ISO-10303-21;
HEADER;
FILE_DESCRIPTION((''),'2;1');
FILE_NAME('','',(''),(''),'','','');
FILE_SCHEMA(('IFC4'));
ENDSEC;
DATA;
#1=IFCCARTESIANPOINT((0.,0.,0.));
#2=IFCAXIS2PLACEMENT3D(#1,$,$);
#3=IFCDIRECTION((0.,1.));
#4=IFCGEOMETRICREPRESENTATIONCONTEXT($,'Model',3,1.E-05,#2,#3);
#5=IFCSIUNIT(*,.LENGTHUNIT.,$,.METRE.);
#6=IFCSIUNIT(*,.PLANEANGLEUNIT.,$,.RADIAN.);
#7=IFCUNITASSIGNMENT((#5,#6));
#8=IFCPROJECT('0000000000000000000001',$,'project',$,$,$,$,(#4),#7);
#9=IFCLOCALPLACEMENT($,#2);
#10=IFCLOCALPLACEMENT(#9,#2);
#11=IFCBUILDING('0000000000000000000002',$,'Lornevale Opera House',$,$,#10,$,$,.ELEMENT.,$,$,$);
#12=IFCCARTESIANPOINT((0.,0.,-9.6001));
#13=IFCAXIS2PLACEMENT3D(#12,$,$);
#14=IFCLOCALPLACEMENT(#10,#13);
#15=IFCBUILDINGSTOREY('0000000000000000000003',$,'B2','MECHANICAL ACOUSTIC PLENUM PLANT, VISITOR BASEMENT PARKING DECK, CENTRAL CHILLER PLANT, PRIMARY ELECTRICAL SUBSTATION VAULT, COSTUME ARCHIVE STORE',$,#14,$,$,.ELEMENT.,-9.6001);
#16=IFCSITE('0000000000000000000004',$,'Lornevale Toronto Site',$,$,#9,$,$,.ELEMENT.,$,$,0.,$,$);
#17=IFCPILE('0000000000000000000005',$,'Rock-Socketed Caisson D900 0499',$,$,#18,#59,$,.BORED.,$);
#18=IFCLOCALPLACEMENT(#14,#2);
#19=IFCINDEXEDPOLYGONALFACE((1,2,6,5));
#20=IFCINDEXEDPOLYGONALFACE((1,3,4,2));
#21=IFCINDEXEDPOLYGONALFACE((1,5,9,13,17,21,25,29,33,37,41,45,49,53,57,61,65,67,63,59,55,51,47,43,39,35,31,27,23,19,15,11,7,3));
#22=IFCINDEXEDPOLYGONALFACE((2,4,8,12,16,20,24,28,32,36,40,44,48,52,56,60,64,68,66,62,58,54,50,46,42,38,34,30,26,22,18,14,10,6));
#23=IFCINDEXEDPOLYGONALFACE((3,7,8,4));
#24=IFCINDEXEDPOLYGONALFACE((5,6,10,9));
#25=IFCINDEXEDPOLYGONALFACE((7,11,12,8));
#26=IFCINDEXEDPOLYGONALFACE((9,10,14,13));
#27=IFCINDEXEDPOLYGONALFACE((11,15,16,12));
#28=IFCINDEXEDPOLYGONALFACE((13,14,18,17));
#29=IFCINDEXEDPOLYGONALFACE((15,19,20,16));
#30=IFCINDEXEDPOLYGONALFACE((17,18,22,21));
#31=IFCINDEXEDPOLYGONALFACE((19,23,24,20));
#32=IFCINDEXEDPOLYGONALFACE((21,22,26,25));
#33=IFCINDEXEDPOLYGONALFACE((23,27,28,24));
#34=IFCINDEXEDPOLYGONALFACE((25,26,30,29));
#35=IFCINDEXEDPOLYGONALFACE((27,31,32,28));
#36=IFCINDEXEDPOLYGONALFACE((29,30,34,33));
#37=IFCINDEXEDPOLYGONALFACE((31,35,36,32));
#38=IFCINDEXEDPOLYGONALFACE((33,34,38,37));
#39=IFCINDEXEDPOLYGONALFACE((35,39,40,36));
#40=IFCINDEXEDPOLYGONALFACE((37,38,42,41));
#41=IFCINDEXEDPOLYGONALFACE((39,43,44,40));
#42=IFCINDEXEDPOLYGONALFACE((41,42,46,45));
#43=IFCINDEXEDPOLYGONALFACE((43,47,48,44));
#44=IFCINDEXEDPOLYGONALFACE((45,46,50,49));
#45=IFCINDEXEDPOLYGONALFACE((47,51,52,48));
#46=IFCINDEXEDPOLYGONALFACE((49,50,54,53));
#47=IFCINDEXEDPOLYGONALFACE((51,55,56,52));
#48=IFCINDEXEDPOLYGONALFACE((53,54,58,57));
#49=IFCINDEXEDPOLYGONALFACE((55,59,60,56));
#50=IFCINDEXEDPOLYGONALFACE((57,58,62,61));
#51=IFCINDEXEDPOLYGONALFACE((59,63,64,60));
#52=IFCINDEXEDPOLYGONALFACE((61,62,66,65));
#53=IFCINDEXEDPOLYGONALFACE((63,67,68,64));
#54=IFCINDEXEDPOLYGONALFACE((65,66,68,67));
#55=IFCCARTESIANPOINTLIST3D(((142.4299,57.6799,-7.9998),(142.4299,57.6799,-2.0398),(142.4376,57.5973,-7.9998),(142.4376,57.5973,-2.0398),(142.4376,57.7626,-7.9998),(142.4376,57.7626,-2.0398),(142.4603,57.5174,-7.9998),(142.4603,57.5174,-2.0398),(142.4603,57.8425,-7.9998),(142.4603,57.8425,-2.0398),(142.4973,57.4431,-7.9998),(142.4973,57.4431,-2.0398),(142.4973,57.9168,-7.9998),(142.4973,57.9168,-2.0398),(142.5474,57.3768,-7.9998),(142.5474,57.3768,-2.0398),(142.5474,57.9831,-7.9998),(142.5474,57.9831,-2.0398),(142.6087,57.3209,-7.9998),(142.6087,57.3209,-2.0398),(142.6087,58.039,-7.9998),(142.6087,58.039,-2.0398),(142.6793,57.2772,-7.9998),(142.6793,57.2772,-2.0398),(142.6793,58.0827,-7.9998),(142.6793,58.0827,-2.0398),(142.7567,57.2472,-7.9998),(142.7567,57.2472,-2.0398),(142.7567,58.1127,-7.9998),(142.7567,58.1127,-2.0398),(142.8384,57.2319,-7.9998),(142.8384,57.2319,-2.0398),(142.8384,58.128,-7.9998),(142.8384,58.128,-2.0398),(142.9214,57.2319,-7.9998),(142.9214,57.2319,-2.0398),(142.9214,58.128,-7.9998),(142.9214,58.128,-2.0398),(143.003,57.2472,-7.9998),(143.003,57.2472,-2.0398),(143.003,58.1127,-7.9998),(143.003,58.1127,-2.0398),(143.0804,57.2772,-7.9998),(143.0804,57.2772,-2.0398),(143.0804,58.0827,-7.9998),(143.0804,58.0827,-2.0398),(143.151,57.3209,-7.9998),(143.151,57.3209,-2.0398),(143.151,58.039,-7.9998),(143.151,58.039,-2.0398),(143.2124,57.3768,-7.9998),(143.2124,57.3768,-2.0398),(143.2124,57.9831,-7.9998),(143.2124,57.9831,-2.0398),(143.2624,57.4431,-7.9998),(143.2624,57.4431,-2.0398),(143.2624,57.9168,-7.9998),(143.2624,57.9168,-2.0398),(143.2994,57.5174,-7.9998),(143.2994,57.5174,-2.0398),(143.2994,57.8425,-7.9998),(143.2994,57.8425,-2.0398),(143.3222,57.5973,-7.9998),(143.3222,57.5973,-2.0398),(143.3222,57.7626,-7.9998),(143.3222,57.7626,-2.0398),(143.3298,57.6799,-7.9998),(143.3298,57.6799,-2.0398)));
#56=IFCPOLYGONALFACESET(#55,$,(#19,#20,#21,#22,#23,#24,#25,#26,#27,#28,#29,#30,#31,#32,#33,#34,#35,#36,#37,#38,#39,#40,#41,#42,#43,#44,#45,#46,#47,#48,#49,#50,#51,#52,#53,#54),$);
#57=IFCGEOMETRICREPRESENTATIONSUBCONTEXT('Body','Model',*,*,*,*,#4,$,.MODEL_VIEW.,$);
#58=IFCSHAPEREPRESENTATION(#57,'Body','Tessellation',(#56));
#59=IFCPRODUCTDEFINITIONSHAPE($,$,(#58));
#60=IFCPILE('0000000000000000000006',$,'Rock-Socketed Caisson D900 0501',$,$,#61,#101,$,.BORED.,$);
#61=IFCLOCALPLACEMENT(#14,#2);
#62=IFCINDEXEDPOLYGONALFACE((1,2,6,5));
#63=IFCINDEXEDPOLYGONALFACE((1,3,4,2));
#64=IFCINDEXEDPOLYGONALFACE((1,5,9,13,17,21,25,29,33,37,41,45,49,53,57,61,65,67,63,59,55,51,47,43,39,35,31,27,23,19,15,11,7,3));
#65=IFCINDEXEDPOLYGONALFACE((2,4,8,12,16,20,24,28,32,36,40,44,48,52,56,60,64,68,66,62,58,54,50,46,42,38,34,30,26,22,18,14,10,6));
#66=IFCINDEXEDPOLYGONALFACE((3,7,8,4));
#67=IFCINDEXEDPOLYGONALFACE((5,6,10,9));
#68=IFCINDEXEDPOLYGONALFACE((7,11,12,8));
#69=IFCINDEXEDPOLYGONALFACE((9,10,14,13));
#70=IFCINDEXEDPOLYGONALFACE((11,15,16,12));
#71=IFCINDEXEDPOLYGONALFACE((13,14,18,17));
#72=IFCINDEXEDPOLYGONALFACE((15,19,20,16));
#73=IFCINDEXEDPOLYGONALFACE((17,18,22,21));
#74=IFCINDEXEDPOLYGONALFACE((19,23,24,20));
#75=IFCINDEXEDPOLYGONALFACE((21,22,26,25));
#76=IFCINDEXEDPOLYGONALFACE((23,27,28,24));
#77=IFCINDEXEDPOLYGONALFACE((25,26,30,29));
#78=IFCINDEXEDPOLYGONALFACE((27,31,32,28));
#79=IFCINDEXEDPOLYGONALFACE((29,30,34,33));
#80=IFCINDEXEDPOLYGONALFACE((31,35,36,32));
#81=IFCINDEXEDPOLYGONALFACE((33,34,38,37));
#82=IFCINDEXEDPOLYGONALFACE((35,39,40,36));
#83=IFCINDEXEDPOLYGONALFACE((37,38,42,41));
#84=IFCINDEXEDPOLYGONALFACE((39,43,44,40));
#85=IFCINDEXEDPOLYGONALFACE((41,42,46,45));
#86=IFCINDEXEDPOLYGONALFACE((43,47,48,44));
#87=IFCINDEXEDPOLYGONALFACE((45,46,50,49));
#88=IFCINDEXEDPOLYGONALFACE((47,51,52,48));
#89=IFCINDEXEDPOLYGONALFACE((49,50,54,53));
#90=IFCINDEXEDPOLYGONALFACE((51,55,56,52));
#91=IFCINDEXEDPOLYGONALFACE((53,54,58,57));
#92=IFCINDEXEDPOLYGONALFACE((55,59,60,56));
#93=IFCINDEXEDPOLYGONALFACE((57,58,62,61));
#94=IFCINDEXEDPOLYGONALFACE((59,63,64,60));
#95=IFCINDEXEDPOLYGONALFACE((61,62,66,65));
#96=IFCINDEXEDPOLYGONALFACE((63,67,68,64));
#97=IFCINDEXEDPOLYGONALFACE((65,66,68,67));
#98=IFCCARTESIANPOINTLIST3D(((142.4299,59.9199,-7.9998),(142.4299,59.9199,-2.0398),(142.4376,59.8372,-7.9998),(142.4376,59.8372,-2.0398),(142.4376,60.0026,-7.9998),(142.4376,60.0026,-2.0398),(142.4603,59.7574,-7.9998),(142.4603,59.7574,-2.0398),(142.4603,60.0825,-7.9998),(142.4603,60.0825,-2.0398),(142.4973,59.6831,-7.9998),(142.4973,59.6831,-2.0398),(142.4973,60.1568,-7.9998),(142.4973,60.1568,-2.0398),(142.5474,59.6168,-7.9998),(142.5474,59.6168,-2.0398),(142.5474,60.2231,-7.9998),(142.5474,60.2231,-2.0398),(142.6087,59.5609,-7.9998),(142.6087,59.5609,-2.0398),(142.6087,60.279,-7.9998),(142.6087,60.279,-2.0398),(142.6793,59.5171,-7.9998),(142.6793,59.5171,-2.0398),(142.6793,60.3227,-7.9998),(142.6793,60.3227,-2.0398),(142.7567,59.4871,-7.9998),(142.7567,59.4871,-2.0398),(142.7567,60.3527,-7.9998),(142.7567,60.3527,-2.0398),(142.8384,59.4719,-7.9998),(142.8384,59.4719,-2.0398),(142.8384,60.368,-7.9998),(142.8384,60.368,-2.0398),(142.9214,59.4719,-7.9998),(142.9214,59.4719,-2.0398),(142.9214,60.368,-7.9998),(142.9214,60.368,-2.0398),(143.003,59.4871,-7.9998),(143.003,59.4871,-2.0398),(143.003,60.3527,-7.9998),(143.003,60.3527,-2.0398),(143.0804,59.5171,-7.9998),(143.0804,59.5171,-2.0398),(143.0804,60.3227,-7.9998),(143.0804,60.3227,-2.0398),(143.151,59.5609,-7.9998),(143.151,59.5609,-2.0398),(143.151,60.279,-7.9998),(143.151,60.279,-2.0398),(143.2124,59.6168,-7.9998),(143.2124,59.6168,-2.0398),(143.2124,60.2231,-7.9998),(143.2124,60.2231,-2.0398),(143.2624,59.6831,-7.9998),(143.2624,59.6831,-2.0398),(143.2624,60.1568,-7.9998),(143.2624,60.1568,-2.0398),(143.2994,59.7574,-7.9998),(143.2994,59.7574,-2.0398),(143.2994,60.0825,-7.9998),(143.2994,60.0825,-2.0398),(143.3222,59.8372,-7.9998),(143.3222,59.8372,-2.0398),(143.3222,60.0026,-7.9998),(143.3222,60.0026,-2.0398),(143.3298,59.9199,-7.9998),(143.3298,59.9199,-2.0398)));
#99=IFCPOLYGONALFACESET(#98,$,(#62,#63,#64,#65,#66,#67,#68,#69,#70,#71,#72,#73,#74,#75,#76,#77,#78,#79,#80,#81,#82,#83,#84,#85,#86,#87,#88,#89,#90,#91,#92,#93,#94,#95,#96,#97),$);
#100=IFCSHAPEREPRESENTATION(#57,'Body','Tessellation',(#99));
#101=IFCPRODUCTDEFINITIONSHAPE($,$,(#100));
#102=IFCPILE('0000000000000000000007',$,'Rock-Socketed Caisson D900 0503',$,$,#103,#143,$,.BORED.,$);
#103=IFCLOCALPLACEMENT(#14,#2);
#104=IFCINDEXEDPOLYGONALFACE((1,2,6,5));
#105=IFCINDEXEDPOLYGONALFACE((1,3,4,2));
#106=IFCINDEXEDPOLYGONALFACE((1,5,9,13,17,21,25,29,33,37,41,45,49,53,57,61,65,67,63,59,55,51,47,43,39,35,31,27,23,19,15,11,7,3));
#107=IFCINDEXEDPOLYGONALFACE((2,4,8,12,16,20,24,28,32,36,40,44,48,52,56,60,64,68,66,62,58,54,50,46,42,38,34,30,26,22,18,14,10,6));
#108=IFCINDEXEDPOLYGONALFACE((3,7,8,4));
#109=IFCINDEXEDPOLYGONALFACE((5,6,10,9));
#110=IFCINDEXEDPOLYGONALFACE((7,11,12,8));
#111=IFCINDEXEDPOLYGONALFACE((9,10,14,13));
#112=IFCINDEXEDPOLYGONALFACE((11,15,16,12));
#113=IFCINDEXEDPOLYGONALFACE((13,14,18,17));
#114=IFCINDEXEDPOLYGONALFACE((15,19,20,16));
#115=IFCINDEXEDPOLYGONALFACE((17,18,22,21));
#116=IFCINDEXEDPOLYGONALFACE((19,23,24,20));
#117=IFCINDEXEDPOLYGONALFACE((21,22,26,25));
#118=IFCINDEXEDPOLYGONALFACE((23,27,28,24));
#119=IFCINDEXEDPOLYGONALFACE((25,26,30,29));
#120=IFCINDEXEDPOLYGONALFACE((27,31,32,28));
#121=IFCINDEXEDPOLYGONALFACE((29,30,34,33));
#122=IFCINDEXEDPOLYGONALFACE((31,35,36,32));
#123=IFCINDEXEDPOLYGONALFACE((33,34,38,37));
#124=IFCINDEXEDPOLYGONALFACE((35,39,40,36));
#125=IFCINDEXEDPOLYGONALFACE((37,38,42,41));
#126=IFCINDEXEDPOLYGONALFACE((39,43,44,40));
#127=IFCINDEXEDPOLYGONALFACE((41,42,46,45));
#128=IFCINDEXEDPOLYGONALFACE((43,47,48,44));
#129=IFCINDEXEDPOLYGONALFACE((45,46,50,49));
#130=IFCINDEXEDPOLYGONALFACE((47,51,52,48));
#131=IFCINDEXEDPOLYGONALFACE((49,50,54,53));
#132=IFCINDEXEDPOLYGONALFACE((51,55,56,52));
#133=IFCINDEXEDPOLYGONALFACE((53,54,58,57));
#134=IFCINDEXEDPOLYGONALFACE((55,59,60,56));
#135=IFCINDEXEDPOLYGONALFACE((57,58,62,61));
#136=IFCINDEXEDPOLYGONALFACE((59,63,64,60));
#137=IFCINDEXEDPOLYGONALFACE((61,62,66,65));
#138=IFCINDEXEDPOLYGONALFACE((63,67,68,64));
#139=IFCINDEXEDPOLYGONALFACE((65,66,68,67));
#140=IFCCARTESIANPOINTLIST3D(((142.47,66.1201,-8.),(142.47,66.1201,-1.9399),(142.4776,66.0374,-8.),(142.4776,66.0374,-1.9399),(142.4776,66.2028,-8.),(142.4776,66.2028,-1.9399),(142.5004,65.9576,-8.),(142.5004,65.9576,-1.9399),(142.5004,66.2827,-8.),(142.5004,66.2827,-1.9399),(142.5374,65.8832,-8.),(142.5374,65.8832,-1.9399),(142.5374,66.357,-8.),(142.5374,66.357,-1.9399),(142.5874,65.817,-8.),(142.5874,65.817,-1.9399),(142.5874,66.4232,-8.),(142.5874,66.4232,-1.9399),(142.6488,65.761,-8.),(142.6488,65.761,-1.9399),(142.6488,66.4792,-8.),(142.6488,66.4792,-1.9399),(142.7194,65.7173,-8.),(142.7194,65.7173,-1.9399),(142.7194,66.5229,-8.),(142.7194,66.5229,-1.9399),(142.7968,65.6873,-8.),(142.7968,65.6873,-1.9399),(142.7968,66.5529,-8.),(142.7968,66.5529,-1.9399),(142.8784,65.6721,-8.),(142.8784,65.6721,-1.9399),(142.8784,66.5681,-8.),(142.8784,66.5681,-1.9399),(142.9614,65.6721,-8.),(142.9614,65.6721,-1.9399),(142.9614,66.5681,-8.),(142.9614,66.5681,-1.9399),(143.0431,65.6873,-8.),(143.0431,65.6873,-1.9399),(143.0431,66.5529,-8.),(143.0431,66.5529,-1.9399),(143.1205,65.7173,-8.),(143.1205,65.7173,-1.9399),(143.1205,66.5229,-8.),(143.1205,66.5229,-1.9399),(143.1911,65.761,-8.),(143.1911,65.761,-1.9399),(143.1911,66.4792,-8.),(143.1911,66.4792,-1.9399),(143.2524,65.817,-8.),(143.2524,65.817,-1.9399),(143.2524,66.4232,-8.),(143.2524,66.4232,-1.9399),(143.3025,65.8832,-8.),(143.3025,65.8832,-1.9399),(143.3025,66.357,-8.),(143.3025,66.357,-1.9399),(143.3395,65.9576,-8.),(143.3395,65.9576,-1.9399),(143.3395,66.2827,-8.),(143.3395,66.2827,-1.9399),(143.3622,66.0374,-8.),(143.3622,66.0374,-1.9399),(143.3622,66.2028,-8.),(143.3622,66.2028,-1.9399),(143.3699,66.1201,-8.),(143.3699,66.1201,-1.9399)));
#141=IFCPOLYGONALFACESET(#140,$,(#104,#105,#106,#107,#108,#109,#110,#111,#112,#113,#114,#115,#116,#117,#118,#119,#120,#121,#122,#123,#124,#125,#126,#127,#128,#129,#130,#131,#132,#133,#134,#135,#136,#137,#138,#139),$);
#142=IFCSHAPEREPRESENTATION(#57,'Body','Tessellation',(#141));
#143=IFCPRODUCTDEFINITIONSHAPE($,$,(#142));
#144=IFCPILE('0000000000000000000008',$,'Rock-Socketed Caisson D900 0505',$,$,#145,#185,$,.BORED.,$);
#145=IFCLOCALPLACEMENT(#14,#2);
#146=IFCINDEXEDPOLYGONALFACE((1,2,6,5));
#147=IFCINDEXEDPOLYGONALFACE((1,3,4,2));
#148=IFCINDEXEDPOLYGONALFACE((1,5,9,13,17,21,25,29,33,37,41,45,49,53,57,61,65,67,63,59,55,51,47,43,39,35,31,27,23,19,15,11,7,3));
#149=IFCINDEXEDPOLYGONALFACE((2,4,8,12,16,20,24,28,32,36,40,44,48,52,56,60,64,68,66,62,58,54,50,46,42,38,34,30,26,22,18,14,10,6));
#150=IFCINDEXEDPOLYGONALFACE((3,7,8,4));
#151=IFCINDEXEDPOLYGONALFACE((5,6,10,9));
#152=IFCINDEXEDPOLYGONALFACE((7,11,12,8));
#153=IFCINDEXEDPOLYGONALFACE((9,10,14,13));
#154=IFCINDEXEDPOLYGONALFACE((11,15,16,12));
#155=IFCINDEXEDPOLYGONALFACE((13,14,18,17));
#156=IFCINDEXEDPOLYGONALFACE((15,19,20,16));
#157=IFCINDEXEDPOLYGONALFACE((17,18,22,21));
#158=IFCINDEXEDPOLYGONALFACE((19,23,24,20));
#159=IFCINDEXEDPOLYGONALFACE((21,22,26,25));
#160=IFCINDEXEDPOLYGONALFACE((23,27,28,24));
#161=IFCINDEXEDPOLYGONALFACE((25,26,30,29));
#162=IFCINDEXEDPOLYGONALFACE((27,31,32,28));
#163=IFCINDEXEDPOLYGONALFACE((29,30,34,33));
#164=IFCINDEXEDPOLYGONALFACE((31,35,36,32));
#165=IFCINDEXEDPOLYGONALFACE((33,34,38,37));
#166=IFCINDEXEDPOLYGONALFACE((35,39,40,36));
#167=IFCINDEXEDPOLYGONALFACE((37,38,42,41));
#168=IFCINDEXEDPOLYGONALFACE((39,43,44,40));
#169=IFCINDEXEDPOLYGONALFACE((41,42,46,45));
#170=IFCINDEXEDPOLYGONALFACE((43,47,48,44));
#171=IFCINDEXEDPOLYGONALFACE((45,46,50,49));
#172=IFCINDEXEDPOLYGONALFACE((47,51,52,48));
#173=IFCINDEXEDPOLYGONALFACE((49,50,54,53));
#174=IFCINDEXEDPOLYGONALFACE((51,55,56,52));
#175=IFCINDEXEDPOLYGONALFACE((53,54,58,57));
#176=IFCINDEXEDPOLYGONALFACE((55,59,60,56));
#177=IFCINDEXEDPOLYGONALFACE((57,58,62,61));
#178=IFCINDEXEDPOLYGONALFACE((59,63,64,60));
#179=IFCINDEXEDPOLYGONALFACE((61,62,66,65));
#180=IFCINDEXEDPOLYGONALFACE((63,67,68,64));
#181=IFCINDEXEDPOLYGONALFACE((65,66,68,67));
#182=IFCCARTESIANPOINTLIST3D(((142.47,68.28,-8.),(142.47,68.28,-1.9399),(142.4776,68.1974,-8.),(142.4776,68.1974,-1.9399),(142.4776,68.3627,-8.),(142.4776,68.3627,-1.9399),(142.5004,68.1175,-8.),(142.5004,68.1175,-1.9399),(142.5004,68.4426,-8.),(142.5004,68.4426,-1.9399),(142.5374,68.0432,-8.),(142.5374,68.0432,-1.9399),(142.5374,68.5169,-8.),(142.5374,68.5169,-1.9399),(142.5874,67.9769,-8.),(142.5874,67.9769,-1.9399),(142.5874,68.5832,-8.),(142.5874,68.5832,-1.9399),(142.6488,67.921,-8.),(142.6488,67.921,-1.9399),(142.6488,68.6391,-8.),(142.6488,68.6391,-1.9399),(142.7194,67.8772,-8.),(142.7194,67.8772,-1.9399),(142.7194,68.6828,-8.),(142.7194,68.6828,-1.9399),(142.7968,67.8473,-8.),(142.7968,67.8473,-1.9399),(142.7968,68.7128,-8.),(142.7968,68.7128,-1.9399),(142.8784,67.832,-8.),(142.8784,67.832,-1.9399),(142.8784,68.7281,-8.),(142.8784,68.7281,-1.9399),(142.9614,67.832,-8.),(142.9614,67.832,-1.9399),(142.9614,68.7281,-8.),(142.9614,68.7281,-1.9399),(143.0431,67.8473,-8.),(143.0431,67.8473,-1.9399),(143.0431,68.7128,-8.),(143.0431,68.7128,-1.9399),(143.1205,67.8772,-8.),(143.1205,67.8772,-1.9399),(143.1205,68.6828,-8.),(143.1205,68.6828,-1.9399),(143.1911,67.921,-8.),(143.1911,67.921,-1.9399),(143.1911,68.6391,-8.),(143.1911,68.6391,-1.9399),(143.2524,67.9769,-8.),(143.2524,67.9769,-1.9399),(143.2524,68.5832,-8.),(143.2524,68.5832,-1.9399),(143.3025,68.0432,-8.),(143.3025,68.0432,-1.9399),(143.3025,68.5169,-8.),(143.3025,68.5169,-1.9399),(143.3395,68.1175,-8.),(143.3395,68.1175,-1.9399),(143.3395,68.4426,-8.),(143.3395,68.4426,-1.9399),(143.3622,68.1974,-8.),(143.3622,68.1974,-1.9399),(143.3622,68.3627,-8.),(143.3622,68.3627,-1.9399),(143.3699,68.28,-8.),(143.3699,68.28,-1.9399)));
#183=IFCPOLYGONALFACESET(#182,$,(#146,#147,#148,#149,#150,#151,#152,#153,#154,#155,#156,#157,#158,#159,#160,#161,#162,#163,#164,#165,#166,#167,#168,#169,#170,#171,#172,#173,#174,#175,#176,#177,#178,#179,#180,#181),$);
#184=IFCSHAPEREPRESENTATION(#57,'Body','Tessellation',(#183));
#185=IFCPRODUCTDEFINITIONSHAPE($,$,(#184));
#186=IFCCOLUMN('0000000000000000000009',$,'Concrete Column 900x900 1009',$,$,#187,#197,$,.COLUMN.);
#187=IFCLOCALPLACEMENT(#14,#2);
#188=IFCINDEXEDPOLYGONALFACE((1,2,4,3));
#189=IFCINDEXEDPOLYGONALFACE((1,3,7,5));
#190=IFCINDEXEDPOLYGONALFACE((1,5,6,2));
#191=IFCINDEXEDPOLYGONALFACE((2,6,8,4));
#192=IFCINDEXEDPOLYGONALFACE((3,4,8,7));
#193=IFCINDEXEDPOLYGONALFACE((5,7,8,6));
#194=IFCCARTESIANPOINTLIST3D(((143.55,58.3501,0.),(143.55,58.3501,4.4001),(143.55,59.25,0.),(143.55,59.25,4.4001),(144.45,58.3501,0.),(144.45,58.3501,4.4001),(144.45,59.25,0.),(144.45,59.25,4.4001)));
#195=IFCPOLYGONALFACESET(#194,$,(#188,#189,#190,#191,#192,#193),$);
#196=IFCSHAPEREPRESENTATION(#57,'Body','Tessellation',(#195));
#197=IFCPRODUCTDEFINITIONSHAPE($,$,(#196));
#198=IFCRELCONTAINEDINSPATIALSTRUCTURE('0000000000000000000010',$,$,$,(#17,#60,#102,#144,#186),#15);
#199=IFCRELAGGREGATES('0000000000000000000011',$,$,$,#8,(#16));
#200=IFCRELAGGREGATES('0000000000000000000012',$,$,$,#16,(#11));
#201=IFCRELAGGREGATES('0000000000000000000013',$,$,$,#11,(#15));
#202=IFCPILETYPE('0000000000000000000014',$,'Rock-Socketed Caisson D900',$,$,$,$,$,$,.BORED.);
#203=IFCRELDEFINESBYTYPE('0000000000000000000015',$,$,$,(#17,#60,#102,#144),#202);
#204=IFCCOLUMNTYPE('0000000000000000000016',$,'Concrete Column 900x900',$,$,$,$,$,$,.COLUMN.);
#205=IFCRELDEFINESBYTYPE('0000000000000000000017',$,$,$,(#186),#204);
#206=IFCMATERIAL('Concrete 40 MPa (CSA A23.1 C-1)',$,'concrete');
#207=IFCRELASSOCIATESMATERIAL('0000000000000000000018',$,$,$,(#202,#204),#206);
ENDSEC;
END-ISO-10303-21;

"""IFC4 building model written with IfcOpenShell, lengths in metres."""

from ifc_helpers import new_model, si_unit, direction, frame, origin, origin_2d, place, context, subcontext, project, spatial, rectangle, circle, extrude, material, material_profile, profile_set, type_object, element, save


model = new_model("IFC4")

# Units and contexts
model_context = context("Model", 3, precision=1e-05, world=origin(), true_north=direction((0.0, 1.0)))
body_context = subcontext(model_context, "Body", "Model", "MODEL_VIEW")
ifc_project = project(units=[si_unit("LENGTHUNIT", "METRE"), si_unit("PLANEANGLEUNIT", "RADIAN")], contexts=[model_context])

# Site, building, storey
site_placement = place(None, origin())
site = spatial("IfcSite", under=ifc_project, at=site_placement, Name="Lornevale Toronto Site", CompositionType="ELEMENT", RefElevation=0.0)
building_placement = place(site_placement, origin())
building = spatial("IfcBuilding", under=site, at=building_placement, Name="Lornevale Opera House", CompositionType="ELEMENT")
storey_placement = place(building_placement, frame((0.0, 0.0, -9.6001)))
storey = spatial("IfcBuildingStorey", under=building, at=storey_placement, Name="B2", Description="MECHANICAL ACOUSTIC PLENUM PLANT, VISITOR BASEMENT PARKING DECK, CENTRAL CHILLER PLANT, PRIMARY ELECTRICAL SUBSTATION VAULT, COSTUME ARCHIVE STORE", CompositionType="ELEMENT", Elevation=-9.6001)

# Piles
ifc_material_1 = material(Name="Concrete 40 MPa (CSA A23.1 C-1)", Category="concrete")
ifc_material_profile_1 = material_profile(ifc_material_1, circle(Radius=0.45, at=origin_2d()), Name="CAIS900")
ifc_profile_set_1 = profile_set([ifc_material_profile_1], Name="Concrete 40 MPa (CSA A23.1 C-1)")
pile_type_1 = type_object("IfcPileType", Name="Rock-Socketed Caisson D900", PredefinedType="BORED", material=ifc_profile_set_1)
for number, where, z_axis, x_axis, name in (
    (1, (142.8799, 57.6799, -2.0398), (0.0, 0.0, -1.0), (1.0, 0.0, 0.0), "Rock-Socketed Caisson D900 0499"),
    (2, (142.8799, 59.9199, -2.0398), (0.0, 0.0, -1.0), (1.0, 0.0, 0.0), "Rock-Socketed Caisson D900 0501"),
):
    element("IfcPile", number, at=place(storey_placement, frame(where, z_axis=z_axis, x_axis=x_axis)), inside=storey, type_object=pile_type_1, Name=name, PredefinedType="BORED", context=body_context, shape_type="SweptSolid", body=[
        extrude(circle(Radius=0.45, at=origin_2d()), origin(), (0.0, 0.0, 1.0), 5.96),
    ])
for number, where, z_axis, x_axis, name in (
    (3, (142.9199, 66.1201, -1.9399), (0.0, 0.0, -1.0), (1.0, 0.0, 0.0), "Rock-Socketed Caisson D900 0503"),
    (4, (142.9199, 68.28, -1.9399), (0.0, 0.0, -1.0), (1.0, 0.0, 0.0), "Rock-Socketed Caisson D900 0505"),
):
    element("IfcPile", number, at=place(storey_placement, frame(where, z_axis=z_axis, x_axis=x_axis)), inside=storey, type_object=pile_type_1, Name=name, PredefinedType="BORED", context=body_context, shape_type="SweptSolid", body=[
        extrude(circle(Radius=0.45, at=origin_2d()), origin(), (0.0, 0.0, 1.0), 6.0601),
    ])

# Column
ifc_material_profile_2 = material_profile(ifc_material_1, rectangle(XDim=0.8999, YDim=0.8999, at=origin_2d()), Name="RC900x900")
ifc_profile_set_2 = profile_set([ifc_material_profile_2], Name="Concrete 40 MPa (CSA A23.1 C-1)")
column_type = type_object("IfcColumnType", Name="Concrete Column 900x900", PredefinedType="COLUMN", material=ifc_profile_set_2)
column_placement = place(storey_placement, frame((144.0, 58.8, 0.0), z_axis=(0.0, 0.0, 1.0), x_axis=(1.0, 0.0, 0.0)))
element("IfcColumn", 5, at=column_placement, inside=storey, type_object=column_type, Name="Concrete Column 900x900 1009", PredefinedType="COLUMN", context=body_context, shape_type="SweptSolid", body=[
    extrude(rectangle(XDim=0.8999, YDim=0.8999, at=origin_2d()), origin(), (0.0, 0.0, 1.0), 4.4001),
])

save(model, "model.ifc")
